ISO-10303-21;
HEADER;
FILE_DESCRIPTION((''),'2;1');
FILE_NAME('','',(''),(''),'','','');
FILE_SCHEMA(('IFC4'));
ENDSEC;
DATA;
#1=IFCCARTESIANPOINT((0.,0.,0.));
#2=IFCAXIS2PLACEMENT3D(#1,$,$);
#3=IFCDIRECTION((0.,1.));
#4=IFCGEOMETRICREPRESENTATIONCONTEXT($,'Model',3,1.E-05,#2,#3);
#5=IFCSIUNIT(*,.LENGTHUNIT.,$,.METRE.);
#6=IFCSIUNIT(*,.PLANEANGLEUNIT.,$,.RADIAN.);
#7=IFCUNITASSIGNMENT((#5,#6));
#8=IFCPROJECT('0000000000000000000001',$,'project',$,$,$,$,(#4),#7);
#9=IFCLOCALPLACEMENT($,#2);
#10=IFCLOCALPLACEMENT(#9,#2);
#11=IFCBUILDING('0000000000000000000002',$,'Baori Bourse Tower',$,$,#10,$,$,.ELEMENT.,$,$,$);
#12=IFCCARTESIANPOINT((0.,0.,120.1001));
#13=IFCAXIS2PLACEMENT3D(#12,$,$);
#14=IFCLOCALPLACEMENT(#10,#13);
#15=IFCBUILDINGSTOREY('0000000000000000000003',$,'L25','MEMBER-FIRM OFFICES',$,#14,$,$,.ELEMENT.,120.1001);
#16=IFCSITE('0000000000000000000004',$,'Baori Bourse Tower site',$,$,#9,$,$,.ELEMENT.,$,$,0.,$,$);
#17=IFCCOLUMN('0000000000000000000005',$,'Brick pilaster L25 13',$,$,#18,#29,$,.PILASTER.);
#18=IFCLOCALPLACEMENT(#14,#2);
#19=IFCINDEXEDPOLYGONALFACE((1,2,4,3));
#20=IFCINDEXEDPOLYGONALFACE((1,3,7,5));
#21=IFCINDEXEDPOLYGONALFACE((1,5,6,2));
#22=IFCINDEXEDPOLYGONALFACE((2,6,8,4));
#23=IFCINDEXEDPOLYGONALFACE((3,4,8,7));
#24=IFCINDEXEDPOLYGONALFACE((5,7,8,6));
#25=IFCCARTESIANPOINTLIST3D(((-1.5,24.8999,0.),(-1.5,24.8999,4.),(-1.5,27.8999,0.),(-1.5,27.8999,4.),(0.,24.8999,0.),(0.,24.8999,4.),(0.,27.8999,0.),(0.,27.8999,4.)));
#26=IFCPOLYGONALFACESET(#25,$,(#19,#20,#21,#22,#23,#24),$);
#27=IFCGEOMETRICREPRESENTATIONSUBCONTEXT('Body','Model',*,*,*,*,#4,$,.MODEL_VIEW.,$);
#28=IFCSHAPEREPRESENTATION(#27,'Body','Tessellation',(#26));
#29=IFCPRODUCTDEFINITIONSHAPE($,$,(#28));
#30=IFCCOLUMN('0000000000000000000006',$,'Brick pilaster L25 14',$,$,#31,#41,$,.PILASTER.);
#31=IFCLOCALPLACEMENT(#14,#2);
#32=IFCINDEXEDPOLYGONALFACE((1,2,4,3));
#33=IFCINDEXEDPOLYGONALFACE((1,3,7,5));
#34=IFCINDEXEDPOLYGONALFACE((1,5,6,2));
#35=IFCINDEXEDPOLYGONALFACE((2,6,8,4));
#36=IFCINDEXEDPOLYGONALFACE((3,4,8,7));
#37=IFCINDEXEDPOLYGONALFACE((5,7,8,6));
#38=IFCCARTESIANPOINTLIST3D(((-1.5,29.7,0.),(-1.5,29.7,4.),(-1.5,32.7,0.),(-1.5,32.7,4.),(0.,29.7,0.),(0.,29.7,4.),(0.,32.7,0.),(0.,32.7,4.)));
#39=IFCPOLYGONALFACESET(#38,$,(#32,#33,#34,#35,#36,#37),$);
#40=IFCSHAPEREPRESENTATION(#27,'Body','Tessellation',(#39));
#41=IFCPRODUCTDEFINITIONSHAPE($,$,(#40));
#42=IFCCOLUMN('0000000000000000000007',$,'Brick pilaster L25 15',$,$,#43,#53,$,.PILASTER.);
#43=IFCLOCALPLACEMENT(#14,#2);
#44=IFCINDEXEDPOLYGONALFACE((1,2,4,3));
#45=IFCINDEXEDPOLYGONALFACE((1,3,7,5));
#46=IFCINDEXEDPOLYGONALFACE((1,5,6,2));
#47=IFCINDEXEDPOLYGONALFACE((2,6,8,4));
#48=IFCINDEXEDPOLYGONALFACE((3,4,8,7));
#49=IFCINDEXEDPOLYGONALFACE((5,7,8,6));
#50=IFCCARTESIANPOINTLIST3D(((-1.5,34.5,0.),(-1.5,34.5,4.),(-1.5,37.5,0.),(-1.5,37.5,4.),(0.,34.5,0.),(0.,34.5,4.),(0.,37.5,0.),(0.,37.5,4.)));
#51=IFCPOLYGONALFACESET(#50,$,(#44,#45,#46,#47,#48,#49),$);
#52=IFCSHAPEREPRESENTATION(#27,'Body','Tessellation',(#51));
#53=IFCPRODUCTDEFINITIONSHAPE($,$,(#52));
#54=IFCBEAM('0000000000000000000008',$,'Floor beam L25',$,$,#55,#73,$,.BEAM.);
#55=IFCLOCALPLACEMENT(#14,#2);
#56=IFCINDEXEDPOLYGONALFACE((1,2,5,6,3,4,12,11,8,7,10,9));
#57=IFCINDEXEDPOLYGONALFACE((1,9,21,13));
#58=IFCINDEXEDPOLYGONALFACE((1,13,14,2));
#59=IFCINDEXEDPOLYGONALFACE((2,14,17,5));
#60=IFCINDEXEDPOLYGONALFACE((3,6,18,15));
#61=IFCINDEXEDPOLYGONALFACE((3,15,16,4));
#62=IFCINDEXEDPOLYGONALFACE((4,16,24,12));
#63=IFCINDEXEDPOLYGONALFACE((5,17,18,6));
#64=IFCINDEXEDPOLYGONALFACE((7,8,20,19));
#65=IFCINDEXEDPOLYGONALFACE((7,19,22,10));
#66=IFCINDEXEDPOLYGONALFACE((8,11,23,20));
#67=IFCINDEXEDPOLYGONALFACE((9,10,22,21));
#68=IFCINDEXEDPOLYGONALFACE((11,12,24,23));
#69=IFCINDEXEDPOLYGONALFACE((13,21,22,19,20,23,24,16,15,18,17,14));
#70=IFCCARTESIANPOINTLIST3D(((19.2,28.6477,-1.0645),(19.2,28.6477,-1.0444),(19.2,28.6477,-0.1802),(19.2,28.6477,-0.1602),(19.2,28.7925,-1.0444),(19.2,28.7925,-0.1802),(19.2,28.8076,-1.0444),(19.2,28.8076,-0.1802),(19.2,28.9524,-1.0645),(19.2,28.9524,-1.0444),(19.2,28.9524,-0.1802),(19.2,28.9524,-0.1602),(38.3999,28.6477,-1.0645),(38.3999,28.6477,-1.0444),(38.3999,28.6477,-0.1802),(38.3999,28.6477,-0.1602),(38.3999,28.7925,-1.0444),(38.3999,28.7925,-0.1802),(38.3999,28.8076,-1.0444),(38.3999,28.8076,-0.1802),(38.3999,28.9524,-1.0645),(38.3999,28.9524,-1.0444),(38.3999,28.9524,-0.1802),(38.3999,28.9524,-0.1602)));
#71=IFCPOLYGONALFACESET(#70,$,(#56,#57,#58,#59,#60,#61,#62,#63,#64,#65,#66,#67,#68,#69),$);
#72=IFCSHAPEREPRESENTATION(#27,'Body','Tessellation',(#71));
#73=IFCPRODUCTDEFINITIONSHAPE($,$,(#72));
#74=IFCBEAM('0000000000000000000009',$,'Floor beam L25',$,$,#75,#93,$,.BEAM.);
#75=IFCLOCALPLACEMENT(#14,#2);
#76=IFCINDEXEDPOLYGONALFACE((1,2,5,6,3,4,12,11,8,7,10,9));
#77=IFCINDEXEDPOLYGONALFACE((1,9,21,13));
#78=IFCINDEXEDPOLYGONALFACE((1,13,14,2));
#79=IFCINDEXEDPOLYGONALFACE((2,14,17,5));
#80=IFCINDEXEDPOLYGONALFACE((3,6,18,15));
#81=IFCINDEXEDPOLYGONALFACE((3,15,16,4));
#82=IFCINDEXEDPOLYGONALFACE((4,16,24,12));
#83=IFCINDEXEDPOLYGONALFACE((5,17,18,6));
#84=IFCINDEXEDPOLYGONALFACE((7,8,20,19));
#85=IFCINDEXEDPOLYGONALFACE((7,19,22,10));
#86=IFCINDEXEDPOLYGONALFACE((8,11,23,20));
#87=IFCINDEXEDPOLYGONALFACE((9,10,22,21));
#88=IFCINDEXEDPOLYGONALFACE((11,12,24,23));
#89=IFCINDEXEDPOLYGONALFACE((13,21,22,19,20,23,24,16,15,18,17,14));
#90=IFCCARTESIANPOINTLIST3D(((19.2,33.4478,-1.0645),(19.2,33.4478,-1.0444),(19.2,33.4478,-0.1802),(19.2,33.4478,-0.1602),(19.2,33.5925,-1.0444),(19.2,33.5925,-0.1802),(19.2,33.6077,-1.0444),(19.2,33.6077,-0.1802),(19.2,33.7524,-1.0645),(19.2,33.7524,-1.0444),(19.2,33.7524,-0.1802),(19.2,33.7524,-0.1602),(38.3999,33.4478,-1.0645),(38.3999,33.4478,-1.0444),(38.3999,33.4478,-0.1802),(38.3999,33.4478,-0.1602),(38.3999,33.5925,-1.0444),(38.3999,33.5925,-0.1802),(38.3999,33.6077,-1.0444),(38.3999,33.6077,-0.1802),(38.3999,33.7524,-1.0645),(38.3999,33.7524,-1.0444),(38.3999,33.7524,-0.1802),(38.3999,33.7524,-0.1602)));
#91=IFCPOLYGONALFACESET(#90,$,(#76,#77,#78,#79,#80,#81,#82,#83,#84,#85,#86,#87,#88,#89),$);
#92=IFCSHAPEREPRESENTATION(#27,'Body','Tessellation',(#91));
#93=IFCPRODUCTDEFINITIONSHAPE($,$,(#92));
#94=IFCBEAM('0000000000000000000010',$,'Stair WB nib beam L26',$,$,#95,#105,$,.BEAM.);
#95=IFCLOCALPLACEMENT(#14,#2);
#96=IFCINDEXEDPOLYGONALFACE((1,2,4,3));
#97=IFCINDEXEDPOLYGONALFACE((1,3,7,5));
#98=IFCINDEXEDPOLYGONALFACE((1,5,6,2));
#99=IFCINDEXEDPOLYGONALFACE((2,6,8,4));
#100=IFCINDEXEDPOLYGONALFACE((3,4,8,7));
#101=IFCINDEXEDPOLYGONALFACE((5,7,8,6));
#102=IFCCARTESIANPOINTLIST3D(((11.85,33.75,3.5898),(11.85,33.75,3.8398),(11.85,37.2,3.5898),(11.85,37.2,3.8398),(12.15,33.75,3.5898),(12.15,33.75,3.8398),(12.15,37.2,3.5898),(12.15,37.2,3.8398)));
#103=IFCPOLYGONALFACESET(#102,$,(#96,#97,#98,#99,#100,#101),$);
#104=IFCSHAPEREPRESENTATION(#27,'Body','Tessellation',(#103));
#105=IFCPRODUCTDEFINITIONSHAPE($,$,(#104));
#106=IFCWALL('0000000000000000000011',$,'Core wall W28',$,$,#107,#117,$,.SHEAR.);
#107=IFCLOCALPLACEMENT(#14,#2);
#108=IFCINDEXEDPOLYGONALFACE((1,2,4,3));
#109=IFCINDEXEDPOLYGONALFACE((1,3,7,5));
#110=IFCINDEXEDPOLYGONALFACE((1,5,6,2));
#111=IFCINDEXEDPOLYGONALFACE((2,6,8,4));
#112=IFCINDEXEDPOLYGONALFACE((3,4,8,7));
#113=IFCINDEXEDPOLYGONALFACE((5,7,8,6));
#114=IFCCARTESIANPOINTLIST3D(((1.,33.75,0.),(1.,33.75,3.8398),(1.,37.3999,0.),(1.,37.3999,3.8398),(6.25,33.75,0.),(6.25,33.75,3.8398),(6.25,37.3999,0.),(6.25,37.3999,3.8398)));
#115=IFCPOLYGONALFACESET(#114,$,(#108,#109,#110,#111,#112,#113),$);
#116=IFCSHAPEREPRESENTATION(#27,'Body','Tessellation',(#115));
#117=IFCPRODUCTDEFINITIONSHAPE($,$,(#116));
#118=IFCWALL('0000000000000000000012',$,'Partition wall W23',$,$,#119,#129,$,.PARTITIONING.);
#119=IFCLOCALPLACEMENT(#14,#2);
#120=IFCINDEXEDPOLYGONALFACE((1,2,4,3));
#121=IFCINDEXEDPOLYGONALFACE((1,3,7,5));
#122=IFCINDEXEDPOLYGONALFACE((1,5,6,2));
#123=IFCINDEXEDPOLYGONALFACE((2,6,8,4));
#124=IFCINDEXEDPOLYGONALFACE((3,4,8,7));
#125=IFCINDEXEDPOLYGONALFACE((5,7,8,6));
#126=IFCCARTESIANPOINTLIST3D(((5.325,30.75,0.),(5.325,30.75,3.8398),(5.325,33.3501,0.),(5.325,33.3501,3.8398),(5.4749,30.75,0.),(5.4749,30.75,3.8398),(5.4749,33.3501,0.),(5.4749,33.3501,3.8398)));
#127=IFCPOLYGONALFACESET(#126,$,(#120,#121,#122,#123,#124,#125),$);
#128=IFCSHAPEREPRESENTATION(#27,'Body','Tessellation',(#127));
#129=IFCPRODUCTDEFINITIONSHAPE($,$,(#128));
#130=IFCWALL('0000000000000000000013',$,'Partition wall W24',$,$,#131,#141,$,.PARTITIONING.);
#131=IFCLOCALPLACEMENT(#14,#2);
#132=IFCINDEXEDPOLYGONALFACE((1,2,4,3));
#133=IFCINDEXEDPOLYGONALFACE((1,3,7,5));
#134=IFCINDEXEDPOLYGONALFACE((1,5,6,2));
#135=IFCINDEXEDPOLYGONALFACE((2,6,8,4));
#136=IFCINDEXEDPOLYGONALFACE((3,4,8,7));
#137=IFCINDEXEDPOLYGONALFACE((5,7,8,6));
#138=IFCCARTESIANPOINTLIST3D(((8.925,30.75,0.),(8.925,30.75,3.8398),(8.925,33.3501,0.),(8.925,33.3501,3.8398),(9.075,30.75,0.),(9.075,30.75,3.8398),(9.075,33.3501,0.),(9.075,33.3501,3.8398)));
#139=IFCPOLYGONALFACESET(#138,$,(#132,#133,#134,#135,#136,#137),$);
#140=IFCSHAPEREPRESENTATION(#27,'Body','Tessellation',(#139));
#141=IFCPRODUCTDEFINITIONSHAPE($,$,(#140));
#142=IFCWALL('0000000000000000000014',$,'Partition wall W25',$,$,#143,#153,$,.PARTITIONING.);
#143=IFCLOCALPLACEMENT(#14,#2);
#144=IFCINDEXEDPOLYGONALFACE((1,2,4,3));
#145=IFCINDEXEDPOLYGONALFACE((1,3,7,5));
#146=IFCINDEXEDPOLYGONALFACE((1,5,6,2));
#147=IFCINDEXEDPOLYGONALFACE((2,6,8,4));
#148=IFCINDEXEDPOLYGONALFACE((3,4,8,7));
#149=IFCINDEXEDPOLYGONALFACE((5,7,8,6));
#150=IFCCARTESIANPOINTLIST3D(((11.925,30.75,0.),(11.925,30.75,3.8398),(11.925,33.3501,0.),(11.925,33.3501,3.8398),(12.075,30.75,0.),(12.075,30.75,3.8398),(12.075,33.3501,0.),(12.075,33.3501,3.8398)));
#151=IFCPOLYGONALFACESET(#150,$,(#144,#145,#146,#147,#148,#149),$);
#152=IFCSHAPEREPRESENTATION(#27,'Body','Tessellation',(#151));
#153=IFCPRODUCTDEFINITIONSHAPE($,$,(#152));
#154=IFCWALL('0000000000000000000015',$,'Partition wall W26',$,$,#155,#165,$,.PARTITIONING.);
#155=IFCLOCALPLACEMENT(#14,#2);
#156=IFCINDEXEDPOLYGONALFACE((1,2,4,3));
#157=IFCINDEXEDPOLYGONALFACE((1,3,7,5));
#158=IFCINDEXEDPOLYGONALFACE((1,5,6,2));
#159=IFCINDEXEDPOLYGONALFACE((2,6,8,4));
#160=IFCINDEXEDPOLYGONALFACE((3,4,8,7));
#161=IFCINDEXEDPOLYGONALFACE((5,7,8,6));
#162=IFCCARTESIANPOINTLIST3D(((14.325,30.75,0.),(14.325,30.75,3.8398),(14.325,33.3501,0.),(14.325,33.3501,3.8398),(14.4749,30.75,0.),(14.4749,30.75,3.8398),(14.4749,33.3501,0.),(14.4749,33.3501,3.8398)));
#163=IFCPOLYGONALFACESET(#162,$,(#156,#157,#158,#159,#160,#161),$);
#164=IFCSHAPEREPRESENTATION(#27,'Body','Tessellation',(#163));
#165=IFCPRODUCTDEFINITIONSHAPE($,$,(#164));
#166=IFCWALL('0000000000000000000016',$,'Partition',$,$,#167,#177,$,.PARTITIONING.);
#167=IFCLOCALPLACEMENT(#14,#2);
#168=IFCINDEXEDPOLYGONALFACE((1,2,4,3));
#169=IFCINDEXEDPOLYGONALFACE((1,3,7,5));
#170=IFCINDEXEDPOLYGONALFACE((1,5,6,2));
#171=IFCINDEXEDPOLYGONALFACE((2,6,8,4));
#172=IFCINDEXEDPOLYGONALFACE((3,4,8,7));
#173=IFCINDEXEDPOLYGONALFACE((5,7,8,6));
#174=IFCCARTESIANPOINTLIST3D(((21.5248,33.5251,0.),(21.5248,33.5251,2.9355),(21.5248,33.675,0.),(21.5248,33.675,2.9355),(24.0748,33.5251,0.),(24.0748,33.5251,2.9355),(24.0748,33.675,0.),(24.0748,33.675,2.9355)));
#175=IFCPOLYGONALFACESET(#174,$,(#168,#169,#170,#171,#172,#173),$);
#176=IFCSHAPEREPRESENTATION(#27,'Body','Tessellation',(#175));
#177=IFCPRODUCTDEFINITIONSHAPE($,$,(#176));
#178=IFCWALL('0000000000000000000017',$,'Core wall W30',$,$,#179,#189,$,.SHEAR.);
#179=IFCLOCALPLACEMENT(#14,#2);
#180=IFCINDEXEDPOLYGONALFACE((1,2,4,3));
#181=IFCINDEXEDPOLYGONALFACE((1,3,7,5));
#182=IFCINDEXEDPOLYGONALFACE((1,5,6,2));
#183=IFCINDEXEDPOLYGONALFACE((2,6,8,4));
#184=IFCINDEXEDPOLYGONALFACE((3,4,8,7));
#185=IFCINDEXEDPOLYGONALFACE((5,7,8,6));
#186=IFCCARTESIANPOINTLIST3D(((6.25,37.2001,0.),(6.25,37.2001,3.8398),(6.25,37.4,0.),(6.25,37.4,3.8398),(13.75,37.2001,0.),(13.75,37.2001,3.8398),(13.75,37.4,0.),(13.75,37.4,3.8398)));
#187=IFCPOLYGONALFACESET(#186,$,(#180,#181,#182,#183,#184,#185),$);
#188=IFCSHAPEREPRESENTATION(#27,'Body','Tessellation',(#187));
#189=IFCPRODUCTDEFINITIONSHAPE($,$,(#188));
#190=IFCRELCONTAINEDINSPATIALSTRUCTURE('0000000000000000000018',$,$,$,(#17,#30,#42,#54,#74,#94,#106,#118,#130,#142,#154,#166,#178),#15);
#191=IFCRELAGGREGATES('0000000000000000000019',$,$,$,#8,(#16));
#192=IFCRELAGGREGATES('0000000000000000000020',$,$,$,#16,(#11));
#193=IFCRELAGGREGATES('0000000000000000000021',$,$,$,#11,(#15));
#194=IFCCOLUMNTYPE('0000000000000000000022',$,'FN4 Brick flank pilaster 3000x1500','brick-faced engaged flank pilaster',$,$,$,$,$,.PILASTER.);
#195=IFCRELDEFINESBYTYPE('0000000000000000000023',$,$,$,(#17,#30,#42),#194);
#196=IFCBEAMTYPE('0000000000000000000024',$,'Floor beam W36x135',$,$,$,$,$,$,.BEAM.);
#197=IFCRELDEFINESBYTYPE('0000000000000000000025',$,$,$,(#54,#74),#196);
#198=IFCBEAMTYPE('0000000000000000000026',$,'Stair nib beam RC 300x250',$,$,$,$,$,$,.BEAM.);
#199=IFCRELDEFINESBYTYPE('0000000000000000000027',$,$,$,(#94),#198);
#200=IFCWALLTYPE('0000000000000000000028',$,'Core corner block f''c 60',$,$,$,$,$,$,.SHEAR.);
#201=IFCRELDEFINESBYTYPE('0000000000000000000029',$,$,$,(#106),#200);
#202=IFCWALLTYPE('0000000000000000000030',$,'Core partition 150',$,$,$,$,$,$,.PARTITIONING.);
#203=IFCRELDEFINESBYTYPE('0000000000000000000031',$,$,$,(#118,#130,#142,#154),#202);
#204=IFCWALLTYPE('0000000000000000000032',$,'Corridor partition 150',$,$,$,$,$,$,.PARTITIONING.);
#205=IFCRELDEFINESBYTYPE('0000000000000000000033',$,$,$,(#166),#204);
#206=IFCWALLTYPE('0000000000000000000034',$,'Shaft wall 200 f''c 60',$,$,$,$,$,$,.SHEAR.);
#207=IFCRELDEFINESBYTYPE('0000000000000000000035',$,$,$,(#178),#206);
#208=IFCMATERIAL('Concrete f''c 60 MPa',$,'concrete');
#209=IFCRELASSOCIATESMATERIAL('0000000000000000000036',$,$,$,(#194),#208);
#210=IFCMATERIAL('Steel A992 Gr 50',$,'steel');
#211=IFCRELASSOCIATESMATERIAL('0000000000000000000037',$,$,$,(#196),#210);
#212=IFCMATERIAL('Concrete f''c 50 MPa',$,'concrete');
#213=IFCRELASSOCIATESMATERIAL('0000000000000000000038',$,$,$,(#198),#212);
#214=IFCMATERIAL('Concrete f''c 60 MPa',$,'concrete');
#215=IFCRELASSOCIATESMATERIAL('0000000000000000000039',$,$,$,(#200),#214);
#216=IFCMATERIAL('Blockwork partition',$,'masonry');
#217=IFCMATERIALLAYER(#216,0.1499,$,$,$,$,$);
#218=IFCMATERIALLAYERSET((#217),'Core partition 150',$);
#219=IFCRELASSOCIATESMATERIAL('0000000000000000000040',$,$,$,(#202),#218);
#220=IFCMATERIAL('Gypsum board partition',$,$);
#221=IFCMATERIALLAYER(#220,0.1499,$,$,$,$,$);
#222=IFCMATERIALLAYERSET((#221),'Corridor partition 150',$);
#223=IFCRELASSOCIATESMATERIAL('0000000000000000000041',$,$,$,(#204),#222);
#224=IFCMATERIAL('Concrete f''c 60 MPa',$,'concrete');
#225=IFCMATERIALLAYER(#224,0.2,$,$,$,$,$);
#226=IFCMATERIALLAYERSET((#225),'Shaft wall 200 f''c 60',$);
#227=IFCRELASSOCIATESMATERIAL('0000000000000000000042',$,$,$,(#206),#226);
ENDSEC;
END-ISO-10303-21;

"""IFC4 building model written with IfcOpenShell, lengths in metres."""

from ifc_helpers import new_model, si_unit, direction, frame, frame_2d, origin, origin_2d, place, context, subcontext, project, spatial, rectangle, i_section, extrude, material, layer, layer_set, material_profile, profile_set, type_object, element, save


model = new_model("IFC4")

# Units and contexts
model_context = context("Model", 3, precision=1e-05, world=origin(), true_north=direction((0.0, 1.0)))
body_context = subcontext(model_context, "Body", "Model", "MODEL_VIEW")
ifc_project = project(units=[si_unit("LENGTHUNIT", "METRE"), si_unit("PLANEANGLEUNIT", "RADIAN")], contexts=[model_context])

# Site, building, storey
site_placement = place(None, origin())
site = spatial("IfcSite", under=ifc_project, at=site_placement, Name="Baori Bourse Tower site", CompositionType="ELEMENT", RefElevation=0.0)
building_placement = place(site_placement, origin())
building = spatial("IfcBuilding", under=site, at=building_placement, Name="Baori Bourse Tower", CompositionType="ELEMENT")
storey_placement = place(building_placement, frame((0.0, 0.0, 120.1001)))
storey = spatial("IfcBuildingStorey", under=building, at=storey_placement, Name="L25", Description="MEMBER-FIRM OFFICES", CompositionType="ELEMENT", Elevation=120.1001)

# Columns
ifc_material_1 = material(Name="Concrete f'c 60 MPa", Category="concrete")
ifc_material_profile_1 = material_profile(ifc_material_1, rectangle(XDim=3.0, YDim=1.5, at=origin_2d()), Name="RC 3000x1500")
ifc_profile_set_1 = profile_set([ifc_material_profile_1], Name="Concrete f'c 60 MPa")
column_type = type_object("IfcColumnType", Name="FN4 Brick flank pilaster 3000x1500", Description="brick-faced engaged flank pilaster", PredefinedType="PILASTER", material=ifc_profile_set_1)
for number, where, z_axis, x_axis, name in (
    (1, (-0.75, 26.3999, 0.0), (0.0, 0.0, 1.0), (0.0, 1.0, 0.0), "Brick pilaster L25 13"),
    (2, (-0.75, 31.2, 0.0), (0.0, 0.0, 1.0), (0.0, 1.0, 0.0), "Brick pilaster L25 14"),
    (3, (-0.75, 36.0, 0.0), (0.0, 0.0, 1.0), (0.0, 1.0, 0.0), "Brick pilaster L25 15"),
):
    element("IfcColumn", number, at=place(storey_placement, frame(where, z_axis=z_axis, x_axis=x_axis)), inside=storey, type_object=column_type, Name=name, PredefinedType="PILASTER", context=body_context, shape_type="SweptSolid", body=[
        extrude(rectangle(XDim=3.0, YDim=1.5, at=origin_2d()), origin(), (0.0, 0.0, 1.0), 4.0),
    ])

# Beams
ifc_material_2 = material(Name="Steel A992 Gr 50", Category="steel")
ifc_material_profile_2 = material_profile(ifc_material_2, i_section(OverallWidth=0.3047, OverallDepth=0.9043, WebThickness=0.0151, FlangeThickness=0.02, at=origin_2d()), Name="W36x135")
ifc_profile_set_2 = profile_set([ifc_material_profile_2], Name="Steel A992 Gr 50")
beam_type_1 = type_object("IfcBeamType", Name="Floor beam W36x135", PredefinedType="BEAM", material=ifc_profile_set_2)
for number, where, z_axis, x_axis, name in (
    (4, (19.2, 28.8, -0.6123), (1.0, 0.0, 0.0), (0.0, 1.0, 0.0), "Floor beam L25"),
    (5, (19.2, 33.6001, -0.6123), (1.0, 0.0, 0.0), (0.0, 1.0, 0.0), "Floor beam L25"),
):
    element("IfcBeam", number, at=place(storey_placement, frame(where, z_axis=z_axis, x_axis=x_axis)), inside=storey, type_object=beam_type_1, Name=name, PredefinedType="BEAM", context=body_context, shape_type="SweptSolid", body=[
        extrude(i_section(OverallWidth=0.3047, OverallDepth=0.9043, WebThickness=0.0151, FlangeThickness=0.02, at=origin_2d()), origin(), (0.0, 0.0, 1.0), 19.2),
    ])
ifc_material_3 = material(Name="Concrete f'c 50 MPa", Category="concrete")
ifc_material_profile_3 = material_profile(ifc_material_3, rectangle(XDim=0.3, YDim=0.25, at=origin_2d()), Name="RC 300x250")
ifc_profile_set_3 = profile_set([ifc_material_profile_3], Name="Concrete f'c 50 MPa")
beam_type_2 = type_object("IfcBeamType", Name="Stair nib beam RC 300x250", PredefinedType="BEAM", material=ifc_profile_set_3)
beam_placement = place(storey_placement, frame((12.0, 33.75, 3.7148), z_axis=(0.0, 1.0, 0.0), x_axis=(-1.0, 0.0, 0.0)))
element("IfcBeam", 6, at=beam_placement, inside=storey, type_object=beam_type_2, Name="Stair WB nib beam L26", PredefinedType="BEAM", context=body_context, shape_type="SweptSolid", body=[
    extrude(rectangle(XDim=0.3, YDim=0.25, at=origin_2d()), origin(), (0.0, 0.0, 1.0), 3.45),
])

# Walls
ifc_material_4 = material(Name="Concrete f'c 60 MPa", Category="concrete")
wall_type_1 = type_object("IfcWallType", Name="Core corner block f'c 60", PredefinedType="SHEAR", material=ifc_material_4)
wall_1_placement = place(storey_placement, frame((1.0, 35.575, 0.0), z_axis=(0.0, 0.0, 1.0), x_axis=(1.0, 0.0, 0.0)))
element("IfcWall", 7, at=wall_1_placement, inside=storey, type_object=wall_type_1, Name="Core wall W28", PredefinedType="SHEAR", context=body_context, shape_type="SweptSolid", body=[
    extrude(rectangle(XDim=5.25, YDim=3.6499, at=frame_2d((2.625, 0.0))), origin(), (0.0, 0.0, 1.0), 3.8398),
])
ifc_material_5 = material(Name="Blockwork partition", Category="masonry")
ifc_layer_1 = layer(ifc_material_5, 0.1499)
ifc_layer_set_1 = layer_set([ifc_layer_1], Name="Core partition 150")
wall_type_2 = type_object("IfcWallType", Name="Core partition 150", PredefinedType="PARTITIONING", material=ifc_layer_set_1)
for number, where, z_axis, x_axis, name in (
    (8, (5.3999, 30.75, 0.0), (0.0, 0.0, 1.0), (0.0, 1.0, 0.0), "Partition wall W23"),
    (9, (9.0, 30.75, 0.0), (0.0, 0.0, 1.0), (0.0, 1.0, 0.0), "Partition wall W24"),
    (10, (12.0, 30.75, 0.0), (0.0, 0.0, 1.0), (0.0, 1.0, 0.0), "Partition wall W25"),
    (11, (14.3999, 30.75, 0.0), (0.0, 0.0, 1.0), (0.0, 1.0, 0.0), "Partition wall W26"),
):
    element("IfcWall", number, at=place(storey_placement, frame(where, z_axis=z_axis, x_axis=x_axis)), inside=storey, type_object=wall_type_2, Name=name, PredefinedType="PARTITIONING", context=body_context, shape_type="SweptSolid", body=[
        extrude(rectangle(XDim=2.6001, YDim=0.1499, at=frame_2d((1.3, 0.0))), origin(), (0.0, 0.0, 1.0), 3.8398),
    ])
ifc_material_6 = material(Name="Gypsum board partition")
ifc_layer_2 = layer(ifc_material_6, 0.1499)
ifc_layer_set_2 = layer_set([ifc_layer_2], Name="Corridor partition 150")
wall_type_3 = type_object("IfcWallType", Name="Corridor partition 150", PredefinedType="PARTITIONING", material=ifc_layer_set_2)
wall_2_placement = place(storey_placement, frame((21.5249, 33.6001, 0.0), z_axis=(0.0, 0.0, 1.0), x_axis=(1.0, 0.0, 0.0)))
element("IfcWall", 12, at=wall_2_placement, inside=storey, type_object=wall_type_3, Name="Partition", PredefinedType="PARTITIONING", context=body_context, shape_type="SweptSolid", body=[
    extrude(rectangle(XDim=2.55, YDim=0.1499, at=frame_2d((1.2749, 0.0))), origin(), (0.0, 0.0, 1.0), 2.9355),
])
ifc_material_7 = material(Name="Concrete f'c 60 MPa", Category="concrete")
ifc_layer_3 = layer(ifc_material_7, 0.2)
ifc_layer_set_3 = layer_set([ifc_layer_3], Name="Shaft wall 200 f'c 60")
wall_type_4 = type_object("IfcWallType", Name="Shaft wall 200 f'c 60", PredefinedType="SHEAR", material=ifc_layer_set_3)
wall_3_placement = place(storey_placement, frame((6.25, 37.3, 0.0), z_axis=(0.0, 0.0, 1.0), x_axis=(1.0, 0.0, 0.0)))
element("IfcWall", 13, at=wall_3_placement, inside=storey, type_object=wall_type_4, Name="Core wall W30", PredefinedType="SHEAR", context=body_context, shape_type="SweptSolid", body=[
    extrude(rectangle(XDim=7.5, YDim=0.2, at=frame_2d((3.75, 0.0))), origin(), (0.0, 0.0, 1.0), 3.8398),
])

save(model, "model.ifc")
